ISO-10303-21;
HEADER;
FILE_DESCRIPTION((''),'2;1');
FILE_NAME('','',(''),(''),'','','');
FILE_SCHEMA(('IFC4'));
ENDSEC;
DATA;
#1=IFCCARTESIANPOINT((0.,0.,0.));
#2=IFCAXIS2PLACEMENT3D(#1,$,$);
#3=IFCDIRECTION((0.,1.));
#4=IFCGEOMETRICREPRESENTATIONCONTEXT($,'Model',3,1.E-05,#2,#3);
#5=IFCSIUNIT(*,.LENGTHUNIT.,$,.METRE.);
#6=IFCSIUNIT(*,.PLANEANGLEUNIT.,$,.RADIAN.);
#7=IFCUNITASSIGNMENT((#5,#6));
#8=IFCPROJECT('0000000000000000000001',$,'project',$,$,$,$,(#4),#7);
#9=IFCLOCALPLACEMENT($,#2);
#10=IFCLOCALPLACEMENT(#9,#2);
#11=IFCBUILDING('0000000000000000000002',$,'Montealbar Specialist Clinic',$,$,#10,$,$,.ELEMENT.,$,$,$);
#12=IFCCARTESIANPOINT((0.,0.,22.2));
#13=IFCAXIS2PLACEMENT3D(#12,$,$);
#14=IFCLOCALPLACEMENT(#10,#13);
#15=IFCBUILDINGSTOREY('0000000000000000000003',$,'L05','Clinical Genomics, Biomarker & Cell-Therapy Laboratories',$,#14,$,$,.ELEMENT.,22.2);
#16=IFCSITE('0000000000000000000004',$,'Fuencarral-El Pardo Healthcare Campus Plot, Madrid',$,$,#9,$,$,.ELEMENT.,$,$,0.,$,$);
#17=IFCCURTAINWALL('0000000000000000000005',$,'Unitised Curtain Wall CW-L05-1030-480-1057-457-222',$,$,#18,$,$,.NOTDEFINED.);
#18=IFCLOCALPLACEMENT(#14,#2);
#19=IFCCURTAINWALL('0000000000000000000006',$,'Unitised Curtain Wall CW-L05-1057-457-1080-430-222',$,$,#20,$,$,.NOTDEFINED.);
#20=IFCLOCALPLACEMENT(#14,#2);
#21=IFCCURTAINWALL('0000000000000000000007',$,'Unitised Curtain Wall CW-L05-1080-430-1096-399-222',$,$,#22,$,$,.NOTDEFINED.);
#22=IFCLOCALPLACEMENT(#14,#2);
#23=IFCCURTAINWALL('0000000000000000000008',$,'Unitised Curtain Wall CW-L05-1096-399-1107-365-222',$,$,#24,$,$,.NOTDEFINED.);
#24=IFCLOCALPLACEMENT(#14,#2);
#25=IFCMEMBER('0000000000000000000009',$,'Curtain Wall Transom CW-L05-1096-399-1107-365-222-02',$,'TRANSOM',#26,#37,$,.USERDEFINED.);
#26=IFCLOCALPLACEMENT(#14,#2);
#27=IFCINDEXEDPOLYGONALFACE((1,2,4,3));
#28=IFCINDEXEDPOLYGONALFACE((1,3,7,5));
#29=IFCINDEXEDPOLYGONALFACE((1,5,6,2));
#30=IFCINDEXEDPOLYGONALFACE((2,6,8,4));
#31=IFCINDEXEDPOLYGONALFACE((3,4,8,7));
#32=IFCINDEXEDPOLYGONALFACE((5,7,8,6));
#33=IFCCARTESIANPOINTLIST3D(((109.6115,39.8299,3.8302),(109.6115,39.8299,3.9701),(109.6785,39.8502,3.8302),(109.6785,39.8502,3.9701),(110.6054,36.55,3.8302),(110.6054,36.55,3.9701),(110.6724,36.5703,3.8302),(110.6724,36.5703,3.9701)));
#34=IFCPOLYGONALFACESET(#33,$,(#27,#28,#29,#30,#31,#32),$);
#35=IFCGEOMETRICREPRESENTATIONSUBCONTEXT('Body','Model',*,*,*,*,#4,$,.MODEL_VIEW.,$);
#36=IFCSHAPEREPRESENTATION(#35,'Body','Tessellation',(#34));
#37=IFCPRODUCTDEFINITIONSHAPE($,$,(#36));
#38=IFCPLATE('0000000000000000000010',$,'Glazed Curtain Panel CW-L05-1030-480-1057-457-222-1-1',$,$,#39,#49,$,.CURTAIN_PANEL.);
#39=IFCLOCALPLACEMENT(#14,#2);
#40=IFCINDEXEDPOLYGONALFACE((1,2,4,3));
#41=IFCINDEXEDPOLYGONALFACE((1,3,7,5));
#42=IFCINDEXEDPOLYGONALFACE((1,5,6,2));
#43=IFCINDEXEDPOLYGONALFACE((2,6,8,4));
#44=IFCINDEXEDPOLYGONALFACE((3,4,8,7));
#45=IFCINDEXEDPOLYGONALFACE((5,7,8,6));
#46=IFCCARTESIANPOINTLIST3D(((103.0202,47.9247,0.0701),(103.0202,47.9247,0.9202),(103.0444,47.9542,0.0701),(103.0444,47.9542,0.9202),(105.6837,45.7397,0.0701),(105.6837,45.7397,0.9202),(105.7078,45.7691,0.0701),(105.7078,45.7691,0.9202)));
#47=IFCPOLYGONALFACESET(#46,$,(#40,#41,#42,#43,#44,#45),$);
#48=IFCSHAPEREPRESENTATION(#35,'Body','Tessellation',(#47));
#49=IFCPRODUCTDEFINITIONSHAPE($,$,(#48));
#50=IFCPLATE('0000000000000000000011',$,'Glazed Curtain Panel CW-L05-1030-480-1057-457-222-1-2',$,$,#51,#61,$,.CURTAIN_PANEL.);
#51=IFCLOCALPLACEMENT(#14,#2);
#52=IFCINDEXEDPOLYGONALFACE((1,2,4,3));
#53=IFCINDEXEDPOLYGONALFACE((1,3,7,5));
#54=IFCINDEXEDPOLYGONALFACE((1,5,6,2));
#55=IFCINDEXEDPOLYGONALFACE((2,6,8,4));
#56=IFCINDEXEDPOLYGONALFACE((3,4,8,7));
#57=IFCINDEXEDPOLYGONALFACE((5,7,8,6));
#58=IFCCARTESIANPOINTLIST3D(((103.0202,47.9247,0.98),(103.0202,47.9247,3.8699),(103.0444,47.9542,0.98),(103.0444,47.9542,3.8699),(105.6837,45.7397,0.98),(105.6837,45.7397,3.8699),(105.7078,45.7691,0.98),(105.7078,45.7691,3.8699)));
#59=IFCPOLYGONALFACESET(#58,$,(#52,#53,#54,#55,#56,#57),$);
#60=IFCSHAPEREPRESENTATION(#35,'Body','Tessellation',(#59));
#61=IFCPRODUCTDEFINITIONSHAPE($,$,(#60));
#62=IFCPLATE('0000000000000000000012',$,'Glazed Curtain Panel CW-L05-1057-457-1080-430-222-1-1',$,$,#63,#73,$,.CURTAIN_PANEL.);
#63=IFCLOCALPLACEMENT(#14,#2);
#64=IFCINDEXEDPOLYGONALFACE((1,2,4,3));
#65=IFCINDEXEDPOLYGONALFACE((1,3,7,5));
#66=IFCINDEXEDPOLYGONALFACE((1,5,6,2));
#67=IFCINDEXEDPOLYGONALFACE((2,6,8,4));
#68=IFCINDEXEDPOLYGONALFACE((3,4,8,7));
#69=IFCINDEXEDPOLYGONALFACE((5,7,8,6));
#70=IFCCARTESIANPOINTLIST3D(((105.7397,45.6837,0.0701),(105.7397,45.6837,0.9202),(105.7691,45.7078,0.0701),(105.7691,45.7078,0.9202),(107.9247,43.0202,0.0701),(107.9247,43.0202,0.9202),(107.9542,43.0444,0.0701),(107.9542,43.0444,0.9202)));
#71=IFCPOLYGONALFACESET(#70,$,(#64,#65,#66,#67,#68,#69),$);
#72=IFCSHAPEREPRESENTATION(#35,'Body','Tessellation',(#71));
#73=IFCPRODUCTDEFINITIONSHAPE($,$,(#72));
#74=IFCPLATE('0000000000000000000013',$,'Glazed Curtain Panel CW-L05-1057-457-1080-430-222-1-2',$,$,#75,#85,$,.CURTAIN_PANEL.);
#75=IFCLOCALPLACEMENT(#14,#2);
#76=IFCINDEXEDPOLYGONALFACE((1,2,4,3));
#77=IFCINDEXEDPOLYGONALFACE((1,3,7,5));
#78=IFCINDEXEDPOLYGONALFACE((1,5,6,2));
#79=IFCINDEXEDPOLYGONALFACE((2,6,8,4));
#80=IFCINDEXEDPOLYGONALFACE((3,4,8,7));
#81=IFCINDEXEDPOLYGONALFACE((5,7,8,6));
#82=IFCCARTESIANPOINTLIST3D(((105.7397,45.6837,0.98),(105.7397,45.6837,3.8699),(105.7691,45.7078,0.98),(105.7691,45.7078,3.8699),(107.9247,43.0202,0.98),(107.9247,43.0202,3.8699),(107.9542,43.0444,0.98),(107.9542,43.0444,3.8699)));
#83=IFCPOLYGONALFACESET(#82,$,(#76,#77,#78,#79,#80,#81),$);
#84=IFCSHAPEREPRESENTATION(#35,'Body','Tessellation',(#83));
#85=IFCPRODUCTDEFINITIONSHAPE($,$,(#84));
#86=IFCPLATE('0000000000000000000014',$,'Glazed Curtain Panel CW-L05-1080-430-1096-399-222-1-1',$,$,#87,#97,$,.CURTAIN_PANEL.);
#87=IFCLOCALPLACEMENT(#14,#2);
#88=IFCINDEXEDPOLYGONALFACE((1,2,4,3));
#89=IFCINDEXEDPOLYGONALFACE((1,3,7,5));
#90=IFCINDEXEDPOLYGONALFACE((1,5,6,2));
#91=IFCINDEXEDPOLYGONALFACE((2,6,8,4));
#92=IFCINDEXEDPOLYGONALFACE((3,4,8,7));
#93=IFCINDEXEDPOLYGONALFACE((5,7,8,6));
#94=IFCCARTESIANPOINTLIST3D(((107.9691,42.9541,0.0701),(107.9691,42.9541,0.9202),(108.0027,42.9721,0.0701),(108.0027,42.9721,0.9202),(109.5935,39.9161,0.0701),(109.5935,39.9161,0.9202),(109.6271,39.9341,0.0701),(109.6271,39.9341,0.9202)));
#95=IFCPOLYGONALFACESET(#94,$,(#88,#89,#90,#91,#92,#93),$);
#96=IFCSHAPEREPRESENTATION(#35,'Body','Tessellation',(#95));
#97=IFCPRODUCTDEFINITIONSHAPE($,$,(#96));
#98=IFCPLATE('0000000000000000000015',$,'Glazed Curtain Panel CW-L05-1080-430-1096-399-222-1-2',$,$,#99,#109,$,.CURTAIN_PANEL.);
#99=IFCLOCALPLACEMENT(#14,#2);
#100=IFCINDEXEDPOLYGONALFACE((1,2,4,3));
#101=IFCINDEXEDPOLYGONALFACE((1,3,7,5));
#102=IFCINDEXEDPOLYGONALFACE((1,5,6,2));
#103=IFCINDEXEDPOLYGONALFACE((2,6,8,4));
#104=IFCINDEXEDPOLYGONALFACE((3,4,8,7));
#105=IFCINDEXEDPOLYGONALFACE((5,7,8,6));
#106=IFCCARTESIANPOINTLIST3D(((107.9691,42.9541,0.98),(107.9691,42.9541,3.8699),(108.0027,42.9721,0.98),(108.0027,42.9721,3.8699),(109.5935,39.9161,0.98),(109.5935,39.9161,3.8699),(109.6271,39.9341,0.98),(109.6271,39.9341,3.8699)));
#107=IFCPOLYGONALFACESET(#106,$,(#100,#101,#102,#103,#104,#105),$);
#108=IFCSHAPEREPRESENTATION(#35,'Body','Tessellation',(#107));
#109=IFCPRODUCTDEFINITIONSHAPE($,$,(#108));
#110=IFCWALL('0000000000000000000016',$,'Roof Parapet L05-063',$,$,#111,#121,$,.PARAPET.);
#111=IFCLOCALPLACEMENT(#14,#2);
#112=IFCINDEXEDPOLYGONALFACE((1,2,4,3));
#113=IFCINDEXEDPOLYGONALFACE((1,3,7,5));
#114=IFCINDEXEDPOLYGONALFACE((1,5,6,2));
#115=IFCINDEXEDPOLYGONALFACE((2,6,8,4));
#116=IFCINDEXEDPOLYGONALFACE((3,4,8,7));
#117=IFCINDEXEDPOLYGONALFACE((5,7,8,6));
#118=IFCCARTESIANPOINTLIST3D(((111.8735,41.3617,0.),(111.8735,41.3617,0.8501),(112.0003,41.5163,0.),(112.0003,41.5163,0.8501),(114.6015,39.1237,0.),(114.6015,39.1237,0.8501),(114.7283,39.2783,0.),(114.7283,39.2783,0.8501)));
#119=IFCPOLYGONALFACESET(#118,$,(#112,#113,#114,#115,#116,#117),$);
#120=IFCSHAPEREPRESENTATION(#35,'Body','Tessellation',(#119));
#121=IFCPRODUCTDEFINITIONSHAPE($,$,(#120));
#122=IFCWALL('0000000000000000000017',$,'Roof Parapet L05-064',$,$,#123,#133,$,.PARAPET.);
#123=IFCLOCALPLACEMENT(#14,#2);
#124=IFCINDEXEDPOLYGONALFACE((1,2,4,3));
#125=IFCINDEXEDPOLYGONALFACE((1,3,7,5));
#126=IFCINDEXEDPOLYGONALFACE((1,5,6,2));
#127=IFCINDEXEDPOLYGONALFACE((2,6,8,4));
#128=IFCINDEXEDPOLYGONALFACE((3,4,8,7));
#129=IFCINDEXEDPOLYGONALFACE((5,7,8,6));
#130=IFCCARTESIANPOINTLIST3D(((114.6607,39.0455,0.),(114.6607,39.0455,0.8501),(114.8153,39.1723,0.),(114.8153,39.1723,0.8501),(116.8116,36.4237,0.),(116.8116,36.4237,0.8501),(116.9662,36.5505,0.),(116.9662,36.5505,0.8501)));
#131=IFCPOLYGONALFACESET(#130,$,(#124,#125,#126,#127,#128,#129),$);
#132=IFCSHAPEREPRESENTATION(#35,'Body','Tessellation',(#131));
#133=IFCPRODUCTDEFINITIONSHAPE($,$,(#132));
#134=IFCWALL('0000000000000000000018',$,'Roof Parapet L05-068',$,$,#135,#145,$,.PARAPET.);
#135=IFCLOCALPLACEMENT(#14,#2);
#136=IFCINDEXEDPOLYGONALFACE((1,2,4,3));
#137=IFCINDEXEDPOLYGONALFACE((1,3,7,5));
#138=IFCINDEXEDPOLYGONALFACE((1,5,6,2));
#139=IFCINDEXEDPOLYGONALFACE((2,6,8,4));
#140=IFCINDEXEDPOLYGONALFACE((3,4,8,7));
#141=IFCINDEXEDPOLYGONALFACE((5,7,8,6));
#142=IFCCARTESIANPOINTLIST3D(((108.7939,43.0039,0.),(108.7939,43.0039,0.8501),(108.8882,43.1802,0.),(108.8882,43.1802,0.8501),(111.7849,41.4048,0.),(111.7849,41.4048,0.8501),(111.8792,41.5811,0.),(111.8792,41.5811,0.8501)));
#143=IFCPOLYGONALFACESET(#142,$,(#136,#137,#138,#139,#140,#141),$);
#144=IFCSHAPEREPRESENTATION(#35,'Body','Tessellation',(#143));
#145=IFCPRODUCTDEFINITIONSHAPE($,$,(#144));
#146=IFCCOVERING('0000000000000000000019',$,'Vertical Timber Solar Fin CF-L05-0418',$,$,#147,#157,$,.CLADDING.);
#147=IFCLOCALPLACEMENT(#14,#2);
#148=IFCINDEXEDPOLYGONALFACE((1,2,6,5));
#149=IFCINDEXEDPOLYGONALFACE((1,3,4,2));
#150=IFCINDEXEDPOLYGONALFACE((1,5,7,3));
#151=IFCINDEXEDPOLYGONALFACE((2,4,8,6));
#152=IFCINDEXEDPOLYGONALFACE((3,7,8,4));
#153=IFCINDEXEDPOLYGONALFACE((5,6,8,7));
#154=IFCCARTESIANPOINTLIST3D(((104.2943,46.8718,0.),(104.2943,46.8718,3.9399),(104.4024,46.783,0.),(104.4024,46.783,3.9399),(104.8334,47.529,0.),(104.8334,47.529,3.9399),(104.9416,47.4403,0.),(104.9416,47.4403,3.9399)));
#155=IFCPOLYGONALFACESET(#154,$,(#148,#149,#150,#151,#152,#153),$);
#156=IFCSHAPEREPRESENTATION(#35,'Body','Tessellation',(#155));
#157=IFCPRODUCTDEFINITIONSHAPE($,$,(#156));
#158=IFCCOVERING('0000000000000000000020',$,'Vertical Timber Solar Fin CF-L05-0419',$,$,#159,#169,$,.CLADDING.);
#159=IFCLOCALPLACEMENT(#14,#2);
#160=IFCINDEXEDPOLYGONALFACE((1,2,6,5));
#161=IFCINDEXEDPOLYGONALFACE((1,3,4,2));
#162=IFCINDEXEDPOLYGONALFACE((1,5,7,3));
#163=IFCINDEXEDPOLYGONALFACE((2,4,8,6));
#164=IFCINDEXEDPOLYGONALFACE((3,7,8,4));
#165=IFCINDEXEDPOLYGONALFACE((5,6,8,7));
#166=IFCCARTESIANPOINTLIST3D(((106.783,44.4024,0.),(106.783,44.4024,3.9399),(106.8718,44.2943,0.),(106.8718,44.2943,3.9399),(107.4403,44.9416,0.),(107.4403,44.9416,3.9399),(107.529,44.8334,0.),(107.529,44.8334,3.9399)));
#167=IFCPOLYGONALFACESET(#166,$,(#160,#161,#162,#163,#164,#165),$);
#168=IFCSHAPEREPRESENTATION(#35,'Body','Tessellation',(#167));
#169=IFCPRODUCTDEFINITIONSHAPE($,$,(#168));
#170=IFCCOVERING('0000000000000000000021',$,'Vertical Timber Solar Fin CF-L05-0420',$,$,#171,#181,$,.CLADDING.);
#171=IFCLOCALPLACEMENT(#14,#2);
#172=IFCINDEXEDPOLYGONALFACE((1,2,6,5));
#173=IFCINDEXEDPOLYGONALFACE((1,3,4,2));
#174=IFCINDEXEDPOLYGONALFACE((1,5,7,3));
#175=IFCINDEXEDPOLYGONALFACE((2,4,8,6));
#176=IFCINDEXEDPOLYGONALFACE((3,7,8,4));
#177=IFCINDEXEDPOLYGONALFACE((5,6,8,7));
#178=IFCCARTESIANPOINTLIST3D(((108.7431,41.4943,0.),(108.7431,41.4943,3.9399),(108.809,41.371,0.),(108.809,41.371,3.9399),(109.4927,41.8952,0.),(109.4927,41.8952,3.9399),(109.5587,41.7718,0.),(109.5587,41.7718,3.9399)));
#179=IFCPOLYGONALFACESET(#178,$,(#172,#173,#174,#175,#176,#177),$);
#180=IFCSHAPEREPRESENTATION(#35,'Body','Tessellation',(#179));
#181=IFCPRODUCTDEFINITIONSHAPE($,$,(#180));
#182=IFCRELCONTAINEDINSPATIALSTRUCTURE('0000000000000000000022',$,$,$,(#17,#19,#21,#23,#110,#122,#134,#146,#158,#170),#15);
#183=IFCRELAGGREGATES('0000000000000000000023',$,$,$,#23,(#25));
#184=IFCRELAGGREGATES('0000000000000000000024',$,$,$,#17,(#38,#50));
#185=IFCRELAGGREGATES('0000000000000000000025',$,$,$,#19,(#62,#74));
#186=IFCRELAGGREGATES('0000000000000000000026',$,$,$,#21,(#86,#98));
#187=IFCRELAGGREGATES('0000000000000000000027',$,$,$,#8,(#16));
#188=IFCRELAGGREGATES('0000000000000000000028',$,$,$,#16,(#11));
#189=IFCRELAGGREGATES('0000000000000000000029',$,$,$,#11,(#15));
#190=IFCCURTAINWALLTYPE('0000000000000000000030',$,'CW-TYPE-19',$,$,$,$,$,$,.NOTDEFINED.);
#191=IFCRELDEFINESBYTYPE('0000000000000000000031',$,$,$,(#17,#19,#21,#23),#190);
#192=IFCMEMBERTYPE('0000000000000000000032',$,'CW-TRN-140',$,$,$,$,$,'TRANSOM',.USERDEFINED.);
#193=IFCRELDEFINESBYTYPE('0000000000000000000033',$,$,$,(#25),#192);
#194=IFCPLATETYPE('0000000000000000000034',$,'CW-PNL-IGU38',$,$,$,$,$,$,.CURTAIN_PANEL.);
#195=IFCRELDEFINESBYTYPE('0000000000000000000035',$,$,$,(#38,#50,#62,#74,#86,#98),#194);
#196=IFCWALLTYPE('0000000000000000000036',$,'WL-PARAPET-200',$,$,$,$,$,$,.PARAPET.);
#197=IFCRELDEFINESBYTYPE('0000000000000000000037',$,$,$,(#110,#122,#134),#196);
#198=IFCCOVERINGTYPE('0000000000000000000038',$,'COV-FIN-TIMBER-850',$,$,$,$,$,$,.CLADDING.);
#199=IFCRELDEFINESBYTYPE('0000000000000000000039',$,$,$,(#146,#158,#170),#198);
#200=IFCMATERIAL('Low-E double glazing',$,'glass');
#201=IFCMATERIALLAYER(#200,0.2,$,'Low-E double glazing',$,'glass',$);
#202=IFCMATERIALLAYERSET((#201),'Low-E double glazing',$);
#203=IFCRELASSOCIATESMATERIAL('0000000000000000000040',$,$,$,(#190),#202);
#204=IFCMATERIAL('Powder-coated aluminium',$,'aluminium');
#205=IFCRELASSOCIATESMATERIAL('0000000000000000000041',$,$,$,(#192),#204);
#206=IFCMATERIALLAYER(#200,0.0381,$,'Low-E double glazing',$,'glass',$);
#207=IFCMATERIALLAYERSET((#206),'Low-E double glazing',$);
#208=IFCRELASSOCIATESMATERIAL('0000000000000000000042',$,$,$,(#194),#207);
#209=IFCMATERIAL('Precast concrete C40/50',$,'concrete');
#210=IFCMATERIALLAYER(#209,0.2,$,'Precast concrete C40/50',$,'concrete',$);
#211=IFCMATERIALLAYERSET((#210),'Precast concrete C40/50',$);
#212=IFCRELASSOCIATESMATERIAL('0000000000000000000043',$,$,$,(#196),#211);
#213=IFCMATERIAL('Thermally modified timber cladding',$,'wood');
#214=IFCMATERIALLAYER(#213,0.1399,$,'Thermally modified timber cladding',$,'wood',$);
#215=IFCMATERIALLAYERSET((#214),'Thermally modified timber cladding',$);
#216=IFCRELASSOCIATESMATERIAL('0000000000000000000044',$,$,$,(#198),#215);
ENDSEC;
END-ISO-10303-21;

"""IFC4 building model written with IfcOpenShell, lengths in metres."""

from ifc_helpers import new_model, si_unit, direction, frame, frame_2d, origin, origin_2d, place, context, subcontext, project, spatial, rectangle, extrude, material, layer, layer_set, material_profile, profile_set, type_object, element, aggregate, save


model = new_model("IFC4")

# Units and contexts
model_context = context("Model", 3, precision=1e-05, world=origin(), true_north=direction((0.0, 1.0)))
body_context = subcontext(model_context, "Body", "Model", "MODEL_VIEW")
ifc_project = project(units=[si_unit("LENGTHUNIT", "METRE"), si_unit("PLANEANGLEUNIT", "RADIAN")], contexts=[model_context])

# Site, building, storey
site_placement = place(None, origin())
site = spatial("IfcSite", under=ifc_project, at=site_placement, Name="Fuencarral-El Pardo Healthcare Campus Plot, Madrid", CompositionType="ELEMENT", RefElevation=0.0)
building_placement = place(site_placement, origin())
building = spatial("IfcBuilding", under=site, at=building_placement, Name="Montealbar Specialist Clinic", CompositionType="ELEMENT")
storey_placement = place(building_placement, frame((0.0, 0.0, 22.2)))
storey = spatial("IfcBuildingStorey", under=building, at=storey_placement, Name="L05", Description="Clinical Genomics, Biomarker & Cell-Therapy Laboratories", CompositionType="ELEMENT", Elevation=22.2)

# Curtain wall
ifc_material_1 = material(Name="Low-E double glazing", Category="glass")
ifc_layer_1 = layer(ifc_material_1, 0.2, Name="Low-E double glazing", Category="glass")
ifc_layer_set_1 = layer_set([ifc_layer_1], Name="Low-E double glazing")
curtain_wall_type = type_object("IfcCurtainWallType", Name="CW-TYPE-19", PredefinedType="NOTDEFINED", material=ifc_layer_set_1)
curtain_wall_1_placement = place(storey_placement, origin())
curtain_wall_1 = element("IfcCurtainWall", 1, at=curtain_wall_1_placement, inside=storey, type_object=curtain_wall_type, Name="Unitised Curtain Wall CW-L05-1030-480-1057-457-222", PredefinedType="NOTDEFINED")

# Curtain walls
curtain_wall_2_placement = place(storey_placement, origin())
curtain_wall_2 = element("IfcCurtainWall", 2, at=curtain_wall_2_placement, inside=storey, type_object=curtain_wall_type, Name="Unitised Curtain Wall CW-L05-1057-457-1080-430-222", PredefinedType="NOTDEFINED")
curtain_wall_3_placement = place(storey_placement, origin())
curtain_wall_3 = element("IfcCurtainWall", 3, at=curtain_wall_3_placement, inside=storey, type_object=curtain_wall_type, Name="Unitised Curtain Wall CW-L05-1080-430-1096-399-222", PredefinedType="NOTDEFINED")

# Curtain wall
curtain_wall_4_placement = place(storey_placement, origin())
curtain_wall_4 = element("IfcCurtainWall", 4, at=curtain_wall_4_placement, inside=storey, type_object=curtain_wall_type, Name="Unitised Curtain Wall CW-L05-1096-399-1107-365-222", PredefinedType="NOTDEFINED")

# Member
ifc_material_2 = material(Name="Powder-coated aluminium", Category="aluminium")
ifc_material_profile_1 = material_profile(ifc_material_2, rectangle(XDim=0.0701, YDim=0.1399, at=origin_2d()), Name="ALU 70x140", Category="aluminium")
ifc_profile_set_1 = profile_set([ifc_material_profile_1], Name="Powder-coated aluminium")
member_type_1 = type_object("IfcMemberType", Name="CW-TRN-140", ElementType="TRANSOM", PredefinedType="USERDEFINED", material=ifc_profile_set_1)
member_1_placement = place(storey_placement, frame((109.645, 39.8401, 3.9001), z_axis=(0.289994, -0.957029, 0.0), x_axis=(0.957029, 0.289994, 0.0)))
member_1 = element("IfcMember", 5, at=member_1_placement, type_object=member_type_1, Name="Curtain Wall Transom CW-L05-1096-399-1107-365-222-02", ObjectType="TRANSOM", PredefinedType="USERDEFINED", context=body_context, shape_type="SweptSolid", body=[
    extrude(rectangle(XDim=0.0701, YDim=0.1399, at=origin_2d()), origin(), (0.0, 0.0, 1.0), 3.4272),
])
aggregate(curtain_wall_4, [member_1])

# Plates
ifc_layer_2 = layer(ifc_material_1, 0.0381, Name="Low-E double glazing", Category="glass")
ifc_layer_set_2 = layer_set([ifc_layer_2], Name="Low-E double glazing")
plate_type = type_object("IfcPlateType", Name="CW-PNL-IGU38", PredefinedType="CURTAIN_PANEL", material=ifc_layer_set_2)
plate_1_placement = place(storey_placement, frame((104.364, 46.8469, 0.0701), z_axis=(0.0, 0.0, 1.0), x_axis=(0.773123, -0.634256, 0.0)))
plate_1 = element("IfcPlate", 6, at=plate_1_placement, type_object=plate_type, Name="Glazed Curtain Panel CW-L05-1030-480-1057-457-222-1-1", PredefinedType="CURTAIN_PANEL", context=body_context, shape_type="SweptSolid", body=[
    extrude(rectangle(XDim=3.4451, YDim=0.0381, at=origin_2d()), origin(), (0.0, 0.0, 1.0), 0.8501),
])
plate_2_placement = place(storey_placement, frame((104.364, 46.8469, 0.98), z_axis=(0.0, 0.0, 1.0), x_axis=(0.773123, -0.634256, 0.0)))
plate_2 = element("IfcPlate", 7, at=plate_2_placement, type_object=plate_type, Name="Glazed Curtain Panel CW-L05-1030-480-1057-457-222-1-2", PredefinedType="CURTAIN_PANEL", context=body_context, shape_type="SweptSolid", body=[
    extrude(rectangle(XDim=3.4451, YDim=0.0381, at=origin_2d()), origin(), (0.0, 0.0, 1.0), 2.8899),
])
aggregate(curtain_wall_1, [plate_1, plate_2])
plate_3_placement = place(storey_placement, frame((106.8469, 44.364, 0.0701), z_axis=(0.0, 0.0, 1.0), x_axis=(0.634256, -0.773123, 0.0)))
plate_3 = element("IfcPlate", 8, at=plate_3_placement, type_object=plate_type, Name="Glazed Curtain Panel CW-L05-1057-457-1080-430-222-1-1", PredefinedType="CURTAIN_PANEL", context=body_context, shape_type="SweptSolid", body=[
    extrude(rectangle(XDim=3.4451, YDim=0.0381, at=origin_2d()), origin(), (0.0, 0.0, 1.0), 0.8501),
])
plate_4_placement = place(storey_placement, frame((106.8469, 44.364, 0.98), z_axis=(0.0, 0.0, 1.0), x_axis=(0.634256, -0.773123, 0.0)))
plate_4 = element("IfcPlate", 9, at=plate_4_placement, type_object=plate_type, Name="Glazed Curtain Panel CW-L05-1057-457-1080-430-222-1-2", PredefinedType="CURTAIN_PANEL", context=body_context, shape_type="SweptSolid", body=[
    extrude(rectangle(XDim=3.4451, YDim=0.0381, at=origin_2d()), origin(), (0.0, 0.0, 1.0), 2.8899),
])
aggregate(curtain_wall_2, [plate_3, plate_4])
plate_5_placement = place(storey_placement, frame((108.7981, 41.4441, 0.0701), z_axis=(0.0, 0.0, 1.0), x_axis=(0.471529, -0.88185, 0.0)))
plate_5 = element("IfcPlate", 10, at=plate_5_placement, type_object=plate_type, Name="Glazed Curtain Panel CW-L05-1080-430-1096-399-222-1-1", PredefinedType="CURTAIN_PANEL", context=body_context, shape_type="SweptSolid", body=[
    extrude(rectangle(XDim=3.4451, YDim=0.0381, at=origin_2d()), origin(), (0.0, 0.0, 1.0), 0.8501),
])
plate_6_placement = place(storey_placement, frame((108.7981, 41.4441, 0.98), z_axis=(0.0, 0.0, 1.0), x_axis=(0.471529, -0.88185, 0.0)))
plate_6 = element("IfcPlate", 11, at=plate_6_placement, type_object=plate_type, Name="Glazed Curtain Panel CW-L05-1080-430-1096-399-222-1-2", PredefinedType="CURTAIN_PANEL", context=body_context, shape_type="SweptSolid", body=[
    extrude(rectangle(XDim=3.4451, YDim=0.0381, at=origin_2d()), origin(), (0.0, 0.0, 1.0), 2.8899),
])
aggregate(curtain_wall_3, [plate_5, plate_6])

# Walls
ifc_material_3 = material(Name="Precast concrete C40/50", Category="concrete")
ifc_layer_3 = layer(ifc_material_3, 0.2, Name="Precast concrete C40/50", Category="concrete")
ifc_layer_set_3 = layer_set([ifc_layer_3], Name="Precast concrete C40/50")
wall_type = type_object("IfcWallType", Name="WL-PARAPET-200", PredefinedType="PARAPET", material=ifc_layer_set_3)
wall_1_placement = place(storey_placement, frame((111.937, 41.439, 0.0), z_axis=(0.0, 0.0, 1.0), x_axis=(0.773121, -0.634258, 0.0)))
element("IfcWall", 12, at=wall_1_placement, inside=storey, type_object=wall_type, Name="Roof Parapet L05-063", PredefinedType="PARAPET", context=body_context, shape_type="SweptSolid", body=[
    extrude(rectangle(XDim=3.5286, YDim=0.2, at=frame_2d((1.7642, 0.0))), origin(), (0.0, 0.0, 1.0), 0.8501),
])
wall_2_placement = place(storey_placement, frame((114.738, 39.1089, 0.0), z_axis=(0.0, 0.0, 1.0), x_axis=(0.634253, -0.773126, 0.0)))
element("IfcWall", 13, at=wall_2_placement, inside=storey, type_object=wall_type, Name="Roof Parapet L05-064", PredefinedType="PARAPET", context=body_context, shape_type="SweptSolid", body=[
    extrude(rectangle(XDim=3.3911, YDim=0.2, at=frame_2d((1.6956, 0.0))), origin(), (0.0, 0.0, 1.0), 0.8501),
])
wall_3_placement = place(storey_placement, frame((108.8411, 43.092, 0.0), z_axis=(0.0, 0.0, 1.0), x_axis=(0.88187, -0.471492, 0.0)))
element("IfcWall", 14, at=wall_3_placement, inside=storey, type_object=wall_type, Name="Roof Parapet L05-068", PredefinedType="PARAPET", context=body_context, shape_type="SweptSolid", body=[
    extrude(rectangle(XDim=3.3916, YDim=0.2, at=frame_2d((1.6958, 0.0))), origin(), (0.0, 0.0, 1.0), 0.8501),
])

# Coverings
ifc_material_4 = material(Name="Thermally modified timber cladding", Category="wood")
ifc_layer_4 = layer(ifc_material_4, 0.1399, Name="Thermally modified timber cladding", Category="wood")
ifc_layer_set_4 = layer_set([ifc_layer_4], Name="Thermally modified timber cladding")
covering_type = type_object("IfcCoveringType", Name="COV-FIN-TIMBER-850", PredefinedType="CLADDING", material=ifc_layer_set_4)
for number, where, z_axis, x_axis, name in (
    (15, (104.6179, 47.156, 0.0), (0.0, 0.0, 1.0), (0.634256, 0.773123, 0.0), "Vertical Timber Solar Fin CF-L05-0418"),
    (16, (107.156, 44.6179, 0.0), (0.0, 0.0, 1.0), (0.773123, 0.634256, 0.0), "Vertical Timber Solar Fin CF-L05-0419"),
    (17, (109.1509, 41.6331, 0.0), (0.0, 0.0, 1.0), (0.88185, 0.471529, 0.0), "Vertical Timber Solar Fin CF-L05-0420"),
):
    element("IfcCovering", number, at=place(storey_placement, frame(where, z_axis=z_axis, x_axis=x_axis)), inside=storey, type_object=covering_type, Name=name, PredefinedType="CLADDING", context=body_context, shape_type="SweptSolid", body=[
        extrude(rectangle(XDim=0.8501, YDim=0.1399, at=origin_2d()), origin(), (0.0, 0.0, 1.0), 3.9399),
    ])

save(model, "model.ifc")
